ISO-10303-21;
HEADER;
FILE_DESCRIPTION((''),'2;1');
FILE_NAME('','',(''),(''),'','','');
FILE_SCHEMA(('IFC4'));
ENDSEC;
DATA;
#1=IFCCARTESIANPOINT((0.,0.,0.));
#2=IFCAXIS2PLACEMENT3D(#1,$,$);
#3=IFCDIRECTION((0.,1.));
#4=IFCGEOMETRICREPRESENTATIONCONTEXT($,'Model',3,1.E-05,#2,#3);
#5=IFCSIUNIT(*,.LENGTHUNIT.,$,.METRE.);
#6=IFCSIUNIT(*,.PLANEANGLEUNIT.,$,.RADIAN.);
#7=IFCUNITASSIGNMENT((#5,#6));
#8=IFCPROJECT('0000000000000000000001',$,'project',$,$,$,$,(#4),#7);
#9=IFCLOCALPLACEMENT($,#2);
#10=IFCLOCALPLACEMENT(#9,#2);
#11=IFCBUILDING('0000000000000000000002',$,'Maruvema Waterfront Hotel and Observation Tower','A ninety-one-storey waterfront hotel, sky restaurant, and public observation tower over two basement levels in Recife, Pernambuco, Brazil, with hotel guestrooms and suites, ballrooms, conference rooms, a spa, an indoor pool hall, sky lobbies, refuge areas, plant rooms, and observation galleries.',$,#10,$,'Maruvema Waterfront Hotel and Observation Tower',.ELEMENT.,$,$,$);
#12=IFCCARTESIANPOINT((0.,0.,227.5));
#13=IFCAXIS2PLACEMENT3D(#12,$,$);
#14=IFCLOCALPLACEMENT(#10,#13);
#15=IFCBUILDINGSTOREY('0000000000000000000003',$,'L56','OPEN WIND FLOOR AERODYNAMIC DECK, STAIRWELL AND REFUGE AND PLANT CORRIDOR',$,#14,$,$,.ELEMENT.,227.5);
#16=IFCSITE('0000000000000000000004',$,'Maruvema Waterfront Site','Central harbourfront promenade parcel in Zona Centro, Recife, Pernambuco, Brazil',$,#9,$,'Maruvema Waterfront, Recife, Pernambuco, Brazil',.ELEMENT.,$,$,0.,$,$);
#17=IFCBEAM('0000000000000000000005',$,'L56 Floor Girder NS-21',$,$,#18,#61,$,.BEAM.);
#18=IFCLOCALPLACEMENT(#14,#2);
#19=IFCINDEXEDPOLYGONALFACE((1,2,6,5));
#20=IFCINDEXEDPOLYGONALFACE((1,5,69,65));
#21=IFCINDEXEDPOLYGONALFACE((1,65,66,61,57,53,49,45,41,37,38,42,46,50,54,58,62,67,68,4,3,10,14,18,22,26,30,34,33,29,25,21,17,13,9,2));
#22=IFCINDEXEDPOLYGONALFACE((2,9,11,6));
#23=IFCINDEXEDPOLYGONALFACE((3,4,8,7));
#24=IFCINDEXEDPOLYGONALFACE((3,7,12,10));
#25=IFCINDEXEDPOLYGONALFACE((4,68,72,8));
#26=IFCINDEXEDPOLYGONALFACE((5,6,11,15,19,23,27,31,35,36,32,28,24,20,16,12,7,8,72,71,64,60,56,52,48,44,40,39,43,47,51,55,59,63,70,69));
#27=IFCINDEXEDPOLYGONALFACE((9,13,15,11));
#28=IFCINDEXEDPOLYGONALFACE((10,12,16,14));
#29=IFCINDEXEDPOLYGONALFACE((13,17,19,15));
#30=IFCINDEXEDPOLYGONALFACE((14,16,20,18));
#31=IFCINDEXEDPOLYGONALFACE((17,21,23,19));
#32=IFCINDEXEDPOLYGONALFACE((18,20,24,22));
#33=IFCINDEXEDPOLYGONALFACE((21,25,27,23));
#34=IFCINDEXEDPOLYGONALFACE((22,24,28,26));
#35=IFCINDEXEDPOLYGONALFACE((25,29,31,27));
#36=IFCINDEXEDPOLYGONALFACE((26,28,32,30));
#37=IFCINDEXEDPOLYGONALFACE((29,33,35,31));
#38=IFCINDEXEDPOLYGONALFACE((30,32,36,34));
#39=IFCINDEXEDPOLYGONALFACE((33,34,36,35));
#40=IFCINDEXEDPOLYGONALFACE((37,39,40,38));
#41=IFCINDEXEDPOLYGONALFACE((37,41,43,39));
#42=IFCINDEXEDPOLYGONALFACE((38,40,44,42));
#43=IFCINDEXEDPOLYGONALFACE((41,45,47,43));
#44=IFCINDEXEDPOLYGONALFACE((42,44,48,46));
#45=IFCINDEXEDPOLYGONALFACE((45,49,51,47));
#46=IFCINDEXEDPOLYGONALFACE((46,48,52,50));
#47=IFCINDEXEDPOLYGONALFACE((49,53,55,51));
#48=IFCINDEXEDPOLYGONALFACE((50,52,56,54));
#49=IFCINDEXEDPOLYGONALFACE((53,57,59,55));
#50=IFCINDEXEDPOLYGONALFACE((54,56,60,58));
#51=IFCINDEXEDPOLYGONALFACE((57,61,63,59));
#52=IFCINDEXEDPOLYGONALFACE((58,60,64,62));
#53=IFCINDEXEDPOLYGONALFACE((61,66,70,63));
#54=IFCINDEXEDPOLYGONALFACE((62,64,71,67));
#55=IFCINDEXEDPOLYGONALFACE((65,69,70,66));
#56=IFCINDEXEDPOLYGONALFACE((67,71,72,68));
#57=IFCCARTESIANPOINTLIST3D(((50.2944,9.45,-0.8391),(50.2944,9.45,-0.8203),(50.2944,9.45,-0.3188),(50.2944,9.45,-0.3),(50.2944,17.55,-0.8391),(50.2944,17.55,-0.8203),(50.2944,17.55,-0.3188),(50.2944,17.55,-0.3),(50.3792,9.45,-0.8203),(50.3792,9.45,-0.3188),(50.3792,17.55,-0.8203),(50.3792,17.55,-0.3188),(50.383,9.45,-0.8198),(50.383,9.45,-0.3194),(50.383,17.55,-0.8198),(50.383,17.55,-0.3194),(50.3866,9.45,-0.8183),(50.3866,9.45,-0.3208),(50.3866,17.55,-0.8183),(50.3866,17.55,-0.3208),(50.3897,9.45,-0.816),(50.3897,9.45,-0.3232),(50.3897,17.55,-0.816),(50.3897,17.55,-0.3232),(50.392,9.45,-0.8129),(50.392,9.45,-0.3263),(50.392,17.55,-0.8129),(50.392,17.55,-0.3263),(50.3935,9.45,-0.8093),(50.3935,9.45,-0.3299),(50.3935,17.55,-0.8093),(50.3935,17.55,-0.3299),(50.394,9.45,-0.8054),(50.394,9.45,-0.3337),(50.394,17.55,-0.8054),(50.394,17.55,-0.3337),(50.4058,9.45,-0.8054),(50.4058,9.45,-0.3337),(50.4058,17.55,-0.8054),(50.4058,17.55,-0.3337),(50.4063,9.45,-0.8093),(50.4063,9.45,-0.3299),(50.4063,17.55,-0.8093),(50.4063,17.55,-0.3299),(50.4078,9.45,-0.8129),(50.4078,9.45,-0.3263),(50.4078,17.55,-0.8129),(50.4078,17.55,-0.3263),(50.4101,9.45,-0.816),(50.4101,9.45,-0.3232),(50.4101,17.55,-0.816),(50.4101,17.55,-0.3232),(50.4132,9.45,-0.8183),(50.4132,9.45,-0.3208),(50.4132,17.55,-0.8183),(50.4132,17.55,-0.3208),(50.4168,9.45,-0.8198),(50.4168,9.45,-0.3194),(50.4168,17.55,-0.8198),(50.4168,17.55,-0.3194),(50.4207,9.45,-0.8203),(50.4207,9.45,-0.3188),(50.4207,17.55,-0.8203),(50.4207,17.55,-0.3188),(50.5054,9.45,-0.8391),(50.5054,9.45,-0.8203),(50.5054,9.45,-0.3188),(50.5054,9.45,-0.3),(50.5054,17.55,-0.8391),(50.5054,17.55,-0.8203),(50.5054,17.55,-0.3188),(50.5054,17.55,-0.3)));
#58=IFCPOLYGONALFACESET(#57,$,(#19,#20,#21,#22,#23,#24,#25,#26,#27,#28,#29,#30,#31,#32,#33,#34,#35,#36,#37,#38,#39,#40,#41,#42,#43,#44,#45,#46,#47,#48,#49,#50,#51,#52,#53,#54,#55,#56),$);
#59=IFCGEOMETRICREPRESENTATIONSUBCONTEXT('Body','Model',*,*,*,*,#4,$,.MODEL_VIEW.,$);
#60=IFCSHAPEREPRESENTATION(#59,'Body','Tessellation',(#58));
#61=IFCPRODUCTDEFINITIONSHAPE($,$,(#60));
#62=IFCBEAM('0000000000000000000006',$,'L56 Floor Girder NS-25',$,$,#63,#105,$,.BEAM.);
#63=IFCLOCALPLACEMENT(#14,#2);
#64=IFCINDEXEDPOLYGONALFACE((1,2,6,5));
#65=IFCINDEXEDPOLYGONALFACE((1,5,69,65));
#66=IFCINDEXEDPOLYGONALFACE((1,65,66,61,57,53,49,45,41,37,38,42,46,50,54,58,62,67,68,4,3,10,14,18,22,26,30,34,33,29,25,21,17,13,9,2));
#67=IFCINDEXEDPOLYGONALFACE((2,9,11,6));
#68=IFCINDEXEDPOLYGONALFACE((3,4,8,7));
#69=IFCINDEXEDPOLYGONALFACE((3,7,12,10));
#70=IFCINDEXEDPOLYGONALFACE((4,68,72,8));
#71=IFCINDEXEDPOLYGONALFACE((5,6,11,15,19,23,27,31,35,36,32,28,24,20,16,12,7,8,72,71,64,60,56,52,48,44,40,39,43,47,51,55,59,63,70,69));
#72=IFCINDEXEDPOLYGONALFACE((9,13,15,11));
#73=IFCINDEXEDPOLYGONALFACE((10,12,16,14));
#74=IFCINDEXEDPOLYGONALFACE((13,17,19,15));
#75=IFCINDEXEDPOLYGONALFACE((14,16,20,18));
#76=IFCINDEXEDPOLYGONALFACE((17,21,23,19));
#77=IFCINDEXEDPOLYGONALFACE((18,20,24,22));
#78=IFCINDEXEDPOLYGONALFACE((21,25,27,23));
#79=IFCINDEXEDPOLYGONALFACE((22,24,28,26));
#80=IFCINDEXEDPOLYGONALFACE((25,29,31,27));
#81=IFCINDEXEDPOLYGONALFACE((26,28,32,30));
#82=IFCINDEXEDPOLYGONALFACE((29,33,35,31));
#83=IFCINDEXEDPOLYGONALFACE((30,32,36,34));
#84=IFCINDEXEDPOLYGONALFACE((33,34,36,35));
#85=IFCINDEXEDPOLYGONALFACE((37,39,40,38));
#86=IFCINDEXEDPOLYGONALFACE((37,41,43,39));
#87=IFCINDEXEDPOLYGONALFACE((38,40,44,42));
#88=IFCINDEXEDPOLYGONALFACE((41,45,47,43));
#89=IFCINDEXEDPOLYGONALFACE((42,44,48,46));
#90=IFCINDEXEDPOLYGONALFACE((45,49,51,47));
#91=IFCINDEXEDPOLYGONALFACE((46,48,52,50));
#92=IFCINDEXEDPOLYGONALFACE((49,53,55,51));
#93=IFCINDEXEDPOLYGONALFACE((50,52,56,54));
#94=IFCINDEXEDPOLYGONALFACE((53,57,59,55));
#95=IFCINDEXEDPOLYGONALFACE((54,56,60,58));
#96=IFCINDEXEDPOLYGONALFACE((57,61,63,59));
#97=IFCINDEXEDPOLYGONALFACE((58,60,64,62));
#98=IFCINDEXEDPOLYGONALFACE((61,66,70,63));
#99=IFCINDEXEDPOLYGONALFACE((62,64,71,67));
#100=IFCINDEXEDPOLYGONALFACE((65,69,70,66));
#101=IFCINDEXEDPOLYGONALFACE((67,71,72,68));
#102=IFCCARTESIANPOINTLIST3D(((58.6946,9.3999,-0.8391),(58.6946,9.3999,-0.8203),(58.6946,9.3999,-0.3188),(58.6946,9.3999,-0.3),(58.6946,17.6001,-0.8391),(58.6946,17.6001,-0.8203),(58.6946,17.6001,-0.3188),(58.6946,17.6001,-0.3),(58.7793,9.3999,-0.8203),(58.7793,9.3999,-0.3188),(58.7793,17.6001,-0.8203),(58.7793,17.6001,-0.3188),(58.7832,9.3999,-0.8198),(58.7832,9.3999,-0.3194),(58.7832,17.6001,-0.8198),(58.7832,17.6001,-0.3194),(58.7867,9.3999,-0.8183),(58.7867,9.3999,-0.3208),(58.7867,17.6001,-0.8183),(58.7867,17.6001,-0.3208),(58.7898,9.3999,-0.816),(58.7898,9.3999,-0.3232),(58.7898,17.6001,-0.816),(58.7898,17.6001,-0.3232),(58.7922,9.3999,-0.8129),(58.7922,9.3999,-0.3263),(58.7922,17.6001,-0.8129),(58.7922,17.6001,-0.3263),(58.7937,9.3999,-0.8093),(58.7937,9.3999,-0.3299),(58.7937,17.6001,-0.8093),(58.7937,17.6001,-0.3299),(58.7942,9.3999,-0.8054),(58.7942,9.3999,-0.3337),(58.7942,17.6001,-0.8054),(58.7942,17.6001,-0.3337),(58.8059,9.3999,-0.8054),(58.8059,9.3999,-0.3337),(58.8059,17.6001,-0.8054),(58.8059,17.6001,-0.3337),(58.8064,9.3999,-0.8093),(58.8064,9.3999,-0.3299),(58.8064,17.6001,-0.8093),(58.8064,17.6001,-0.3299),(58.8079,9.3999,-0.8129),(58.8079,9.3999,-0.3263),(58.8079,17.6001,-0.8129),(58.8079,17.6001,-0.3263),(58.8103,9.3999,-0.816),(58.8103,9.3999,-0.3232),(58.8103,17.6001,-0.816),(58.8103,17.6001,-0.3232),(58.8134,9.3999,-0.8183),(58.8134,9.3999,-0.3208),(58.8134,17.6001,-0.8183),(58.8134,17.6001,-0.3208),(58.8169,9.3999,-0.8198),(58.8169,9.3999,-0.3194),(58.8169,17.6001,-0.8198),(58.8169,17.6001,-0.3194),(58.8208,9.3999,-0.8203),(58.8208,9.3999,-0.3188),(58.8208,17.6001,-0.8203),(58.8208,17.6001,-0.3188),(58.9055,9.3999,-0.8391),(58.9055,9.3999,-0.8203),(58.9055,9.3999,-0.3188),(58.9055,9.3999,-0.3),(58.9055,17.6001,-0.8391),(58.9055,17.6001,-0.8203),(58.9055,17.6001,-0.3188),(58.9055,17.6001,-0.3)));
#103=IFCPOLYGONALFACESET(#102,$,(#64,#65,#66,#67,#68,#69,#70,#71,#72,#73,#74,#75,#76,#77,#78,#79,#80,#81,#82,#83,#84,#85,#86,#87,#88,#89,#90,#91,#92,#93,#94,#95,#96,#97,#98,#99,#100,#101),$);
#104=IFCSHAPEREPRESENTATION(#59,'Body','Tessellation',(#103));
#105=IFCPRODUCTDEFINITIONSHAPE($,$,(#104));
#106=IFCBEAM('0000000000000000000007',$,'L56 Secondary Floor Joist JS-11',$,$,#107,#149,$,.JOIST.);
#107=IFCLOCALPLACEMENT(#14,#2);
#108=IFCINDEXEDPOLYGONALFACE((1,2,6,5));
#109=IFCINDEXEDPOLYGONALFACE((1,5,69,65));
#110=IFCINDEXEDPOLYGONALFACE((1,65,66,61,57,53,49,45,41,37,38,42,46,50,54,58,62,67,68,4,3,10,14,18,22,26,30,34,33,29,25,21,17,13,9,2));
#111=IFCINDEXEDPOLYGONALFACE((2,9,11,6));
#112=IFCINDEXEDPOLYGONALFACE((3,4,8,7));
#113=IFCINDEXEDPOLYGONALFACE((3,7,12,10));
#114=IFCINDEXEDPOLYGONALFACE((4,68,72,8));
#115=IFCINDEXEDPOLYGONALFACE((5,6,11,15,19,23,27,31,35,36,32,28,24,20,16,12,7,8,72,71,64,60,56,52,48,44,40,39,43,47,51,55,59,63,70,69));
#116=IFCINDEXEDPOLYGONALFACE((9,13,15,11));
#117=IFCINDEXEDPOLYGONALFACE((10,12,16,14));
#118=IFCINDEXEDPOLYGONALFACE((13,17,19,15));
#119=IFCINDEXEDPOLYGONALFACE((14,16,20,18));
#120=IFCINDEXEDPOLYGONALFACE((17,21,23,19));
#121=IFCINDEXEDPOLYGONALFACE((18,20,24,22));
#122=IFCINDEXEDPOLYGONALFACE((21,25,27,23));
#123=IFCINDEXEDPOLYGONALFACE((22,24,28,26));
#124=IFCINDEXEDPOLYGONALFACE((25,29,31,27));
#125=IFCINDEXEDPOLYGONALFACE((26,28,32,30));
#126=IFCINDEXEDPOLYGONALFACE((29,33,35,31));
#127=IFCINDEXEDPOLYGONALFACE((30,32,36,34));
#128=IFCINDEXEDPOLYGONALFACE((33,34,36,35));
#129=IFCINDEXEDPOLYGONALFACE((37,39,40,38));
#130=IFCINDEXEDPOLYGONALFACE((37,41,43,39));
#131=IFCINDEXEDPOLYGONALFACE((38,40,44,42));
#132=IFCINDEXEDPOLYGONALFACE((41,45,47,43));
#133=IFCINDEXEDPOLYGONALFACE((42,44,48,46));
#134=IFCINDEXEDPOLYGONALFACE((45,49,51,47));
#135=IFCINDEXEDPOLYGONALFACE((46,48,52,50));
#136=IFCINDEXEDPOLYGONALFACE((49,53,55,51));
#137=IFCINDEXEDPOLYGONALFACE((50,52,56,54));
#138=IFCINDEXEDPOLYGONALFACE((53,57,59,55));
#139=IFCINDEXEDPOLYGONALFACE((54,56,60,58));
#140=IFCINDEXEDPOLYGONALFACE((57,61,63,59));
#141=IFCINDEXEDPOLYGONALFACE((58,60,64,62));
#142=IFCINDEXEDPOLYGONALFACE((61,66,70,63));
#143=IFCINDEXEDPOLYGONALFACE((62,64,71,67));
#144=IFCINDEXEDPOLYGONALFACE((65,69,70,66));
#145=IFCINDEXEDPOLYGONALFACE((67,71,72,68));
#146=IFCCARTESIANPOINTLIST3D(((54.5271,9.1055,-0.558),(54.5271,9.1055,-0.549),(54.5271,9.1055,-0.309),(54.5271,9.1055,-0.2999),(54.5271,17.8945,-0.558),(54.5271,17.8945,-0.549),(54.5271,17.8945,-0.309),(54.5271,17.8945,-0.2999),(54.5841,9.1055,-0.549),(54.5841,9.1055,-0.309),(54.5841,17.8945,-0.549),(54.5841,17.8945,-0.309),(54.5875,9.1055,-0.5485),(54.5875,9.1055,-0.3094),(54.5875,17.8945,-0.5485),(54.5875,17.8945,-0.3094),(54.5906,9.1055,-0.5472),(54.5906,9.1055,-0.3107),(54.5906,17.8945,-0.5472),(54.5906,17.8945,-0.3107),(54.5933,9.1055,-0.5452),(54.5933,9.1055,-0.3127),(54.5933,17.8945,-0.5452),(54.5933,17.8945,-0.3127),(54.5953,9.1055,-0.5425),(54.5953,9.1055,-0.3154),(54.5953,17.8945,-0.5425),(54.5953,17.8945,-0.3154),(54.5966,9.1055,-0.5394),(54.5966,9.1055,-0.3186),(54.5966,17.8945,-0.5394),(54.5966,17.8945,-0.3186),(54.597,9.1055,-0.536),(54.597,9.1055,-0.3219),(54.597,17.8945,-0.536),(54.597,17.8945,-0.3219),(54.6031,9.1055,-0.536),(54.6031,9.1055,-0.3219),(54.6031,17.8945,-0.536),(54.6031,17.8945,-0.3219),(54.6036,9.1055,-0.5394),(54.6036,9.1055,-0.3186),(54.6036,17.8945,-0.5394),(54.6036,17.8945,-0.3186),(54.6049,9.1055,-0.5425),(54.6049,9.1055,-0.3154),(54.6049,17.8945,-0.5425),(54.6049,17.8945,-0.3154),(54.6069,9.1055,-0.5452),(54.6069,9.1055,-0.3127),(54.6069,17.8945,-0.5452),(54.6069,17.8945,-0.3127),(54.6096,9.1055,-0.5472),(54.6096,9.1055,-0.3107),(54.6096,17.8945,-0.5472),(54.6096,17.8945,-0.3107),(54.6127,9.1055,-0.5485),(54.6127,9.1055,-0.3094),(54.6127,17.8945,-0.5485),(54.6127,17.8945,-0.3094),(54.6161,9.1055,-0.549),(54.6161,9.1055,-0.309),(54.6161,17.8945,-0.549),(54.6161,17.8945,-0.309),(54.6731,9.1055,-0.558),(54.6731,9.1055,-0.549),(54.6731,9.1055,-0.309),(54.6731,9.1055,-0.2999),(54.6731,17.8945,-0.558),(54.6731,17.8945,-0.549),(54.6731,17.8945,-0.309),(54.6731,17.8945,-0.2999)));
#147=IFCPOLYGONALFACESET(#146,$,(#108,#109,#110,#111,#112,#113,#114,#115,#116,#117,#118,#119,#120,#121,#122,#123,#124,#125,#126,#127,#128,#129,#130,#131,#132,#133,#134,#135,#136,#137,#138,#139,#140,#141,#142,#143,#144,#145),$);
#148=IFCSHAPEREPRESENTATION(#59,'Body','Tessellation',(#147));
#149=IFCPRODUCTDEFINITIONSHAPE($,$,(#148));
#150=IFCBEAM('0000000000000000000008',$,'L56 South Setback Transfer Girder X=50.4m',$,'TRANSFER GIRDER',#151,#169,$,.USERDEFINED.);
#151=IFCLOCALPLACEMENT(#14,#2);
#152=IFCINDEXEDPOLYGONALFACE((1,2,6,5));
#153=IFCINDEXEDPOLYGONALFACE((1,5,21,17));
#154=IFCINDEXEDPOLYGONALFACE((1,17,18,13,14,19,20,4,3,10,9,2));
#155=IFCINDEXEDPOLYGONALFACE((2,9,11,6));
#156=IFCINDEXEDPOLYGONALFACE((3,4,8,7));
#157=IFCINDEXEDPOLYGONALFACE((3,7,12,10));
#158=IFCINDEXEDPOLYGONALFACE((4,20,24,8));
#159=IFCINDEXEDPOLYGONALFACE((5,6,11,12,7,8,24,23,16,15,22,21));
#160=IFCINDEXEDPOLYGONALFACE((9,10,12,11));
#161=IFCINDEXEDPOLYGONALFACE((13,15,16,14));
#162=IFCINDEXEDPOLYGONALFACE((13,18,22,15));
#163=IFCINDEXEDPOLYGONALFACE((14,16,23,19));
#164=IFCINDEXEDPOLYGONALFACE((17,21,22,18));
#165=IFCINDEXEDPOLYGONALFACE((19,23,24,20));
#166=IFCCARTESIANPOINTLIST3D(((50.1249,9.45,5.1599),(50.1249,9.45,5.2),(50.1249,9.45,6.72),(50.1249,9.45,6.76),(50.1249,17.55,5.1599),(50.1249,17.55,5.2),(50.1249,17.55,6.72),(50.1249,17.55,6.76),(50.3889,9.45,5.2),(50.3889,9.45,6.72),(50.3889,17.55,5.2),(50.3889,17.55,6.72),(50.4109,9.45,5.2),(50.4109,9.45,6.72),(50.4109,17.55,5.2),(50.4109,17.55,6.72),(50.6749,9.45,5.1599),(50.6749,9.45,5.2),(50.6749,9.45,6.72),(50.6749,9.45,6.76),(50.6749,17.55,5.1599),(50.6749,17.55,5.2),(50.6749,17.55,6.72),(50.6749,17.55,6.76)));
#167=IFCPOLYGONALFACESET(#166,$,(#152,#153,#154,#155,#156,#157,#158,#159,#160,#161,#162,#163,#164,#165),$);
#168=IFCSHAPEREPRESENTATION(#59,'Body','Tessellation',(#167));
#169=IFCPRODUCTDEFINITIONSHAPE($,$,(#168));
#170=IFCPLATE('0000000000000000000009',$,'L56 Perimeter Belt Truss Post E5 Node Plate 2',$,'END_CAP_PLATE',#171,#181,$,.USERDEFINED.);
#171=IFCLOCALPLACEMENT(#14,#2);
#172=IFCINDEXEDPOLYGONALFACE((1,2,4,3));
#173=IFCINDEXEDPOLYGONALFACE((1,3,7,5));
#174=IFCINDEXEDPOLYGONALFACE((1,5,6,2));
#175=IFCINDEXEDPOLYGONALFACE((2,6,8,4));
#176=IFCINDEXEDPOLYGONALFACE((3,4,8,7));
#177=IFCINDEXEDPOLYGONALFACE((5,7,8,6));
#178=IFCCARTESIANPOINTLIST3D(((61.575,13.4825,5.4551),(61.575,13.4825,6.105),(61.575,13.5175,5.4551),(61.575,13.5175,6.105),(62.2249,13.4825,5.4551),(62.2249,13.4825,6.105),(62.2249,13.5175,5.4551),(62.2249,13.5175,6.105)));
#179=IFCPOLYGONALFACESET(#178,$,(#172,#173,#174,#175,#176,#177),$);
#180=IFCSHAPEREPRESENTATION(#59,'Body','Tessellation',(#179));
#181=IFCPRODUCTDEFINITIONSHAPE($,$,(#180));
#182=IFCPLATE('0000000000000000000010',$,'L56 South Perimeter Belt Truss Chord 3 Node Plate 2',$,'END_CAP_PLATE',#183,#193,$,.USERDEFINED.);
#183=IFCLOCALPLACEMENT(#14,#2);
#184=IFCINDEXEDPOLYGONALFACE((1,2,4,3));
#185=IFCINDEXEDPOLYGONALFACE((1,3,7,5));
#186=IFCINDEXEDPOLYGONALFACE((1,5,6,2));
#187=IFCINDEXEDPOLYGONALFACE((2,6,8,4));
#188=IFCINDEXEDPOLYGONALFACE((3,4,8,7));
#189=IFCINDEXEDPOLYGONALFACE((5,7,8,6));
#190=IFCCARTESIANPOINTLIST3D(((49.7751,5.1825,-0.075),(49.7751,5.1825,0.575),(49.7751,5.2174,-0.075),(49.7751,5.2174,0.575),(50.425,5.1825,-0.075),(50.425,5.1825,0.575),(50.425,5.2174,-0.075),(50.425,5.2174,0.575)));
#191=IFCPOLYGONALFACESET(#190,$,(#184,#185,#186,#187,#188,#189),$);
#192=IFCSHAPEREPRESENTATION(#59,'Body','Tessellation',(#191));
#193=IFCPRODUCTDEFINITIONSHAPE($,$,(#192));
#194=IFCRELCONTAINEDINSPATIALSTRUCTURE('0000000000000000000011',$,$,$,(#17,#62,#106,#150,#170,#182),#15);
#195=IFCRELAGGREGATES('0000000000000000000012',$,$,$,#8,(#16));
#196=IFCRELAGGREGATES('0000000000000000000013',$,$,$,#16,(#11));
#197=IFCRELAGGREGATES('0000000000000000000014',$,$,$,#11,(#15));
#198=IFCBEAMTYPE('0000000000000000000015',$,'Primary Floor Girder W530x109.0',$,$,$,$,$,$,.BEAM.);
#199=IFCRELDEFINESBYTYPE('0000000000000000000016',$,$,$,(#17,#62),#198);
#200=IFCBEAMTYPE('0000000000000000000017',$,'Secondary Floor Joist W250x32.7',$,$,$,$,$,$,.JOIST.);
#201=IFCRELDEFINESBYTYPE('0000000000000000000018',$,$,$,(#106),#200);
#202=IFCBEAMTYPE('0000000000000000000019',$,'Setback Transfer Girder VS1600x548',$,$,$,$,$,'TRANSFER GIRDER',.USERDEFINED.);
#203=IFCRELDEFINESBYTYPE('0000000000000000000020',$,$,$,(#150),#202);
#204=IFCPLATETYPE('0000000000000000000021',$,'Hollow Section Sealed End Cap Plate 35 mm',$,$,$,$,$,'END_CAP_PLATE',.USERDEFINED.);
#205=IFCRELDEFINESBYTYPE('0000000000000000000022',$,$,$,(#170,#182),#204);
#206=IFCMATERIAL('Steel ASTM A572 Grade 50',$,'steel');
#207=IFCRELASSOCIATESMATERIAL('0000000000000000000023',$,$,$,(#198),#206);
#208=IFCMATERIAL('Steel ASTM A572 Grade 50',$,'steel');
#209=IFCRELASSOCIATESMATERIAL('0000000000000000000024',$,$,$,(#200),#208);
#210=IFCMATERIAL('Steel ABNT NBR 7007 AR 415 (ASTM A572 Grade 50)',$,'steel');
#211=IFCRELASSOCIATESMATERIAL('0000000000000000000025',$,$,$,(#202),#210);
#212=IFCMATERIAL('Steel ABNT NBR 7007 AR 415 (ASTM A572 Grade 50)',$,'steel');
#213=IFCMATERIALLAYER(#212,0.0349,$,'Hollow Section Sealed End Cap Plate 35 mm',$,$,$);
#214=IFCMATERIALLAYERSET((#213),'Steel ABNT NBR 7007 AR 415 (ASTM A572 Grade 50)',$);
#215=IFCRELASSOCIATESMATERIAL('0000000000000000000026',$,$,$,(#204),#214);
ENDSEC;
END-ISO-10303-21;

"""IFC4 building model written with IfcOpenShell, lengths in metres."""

from ifc_helpers import new_model, si_unit, direction, frame, origin, origin_2d, place, context, subcontext, project, spatial, rectangle, i_section, extrude, material, layer, layer_set, material_profile, profile_set, type_object, element, save


model = new_model("IFC4")

# Units and contexts
model_context = context("Model", 3, precision=1e-05, world=origin(), true_north=direction((0.0, 1.0)))
body_context = subcontext(model_context, "Body", "Model", "MODEL_VIEW")
ifc_project = project(units=[si_unit("LENGTHUNIT", "METRE"), si_unit("PLANEANGLEUNIT", "RADIAN")], contexts=[model_context])

# Site, building, storey
site_placement = place(None, origin())
site = spatial("IfcSite", under=ifc_project, at=site_placement, Name="Maruvema Waterfront Site", Description="Central harbourfront promenade parcel in Zona Centro, Recife, Pernambuco, Brazil", LongName="Maruvema Waterfront, Recife, Pernambuco, Brazil", CompositionType="ELEMENT", RefElevation=0.0)
building_placement = place(site_placement, origin())
building = spatial("IfcBuilding", under=site, at=building_placement, Name="Maruvema Waterfront Hotel and Observation Tower", Description="A ninety-one-storey waterfront hotel, sky restaurant, and public observation tower over two basement levels in Recife, Pernambuco, Brazil, with hotel guestrooms and suites, ballrooms, conference rooms, a spa, an indoor pool hall, sky lobbies, refuge areas, plant rooms, and observation galleries.", LongName="Maruvema Waterfront Hotel and Observation Tower", CompositionType="ELEMENT")
storey_placement = place(building_placement, frame((0.0, 0.0, 227.5)))
storey = spatial("IfcBuildingStorey", under=building, at=storey_placement, Name="L56", Description="OPEN WIND FLOOR AERODYNAMIC DECK, STAIRWELL AND REFUGE AND PLANT CORRIDOR", CompositionType="ELEMENT", Elevation=227.5)

# Beams
ifc_material_1 = material(Name="Steel ASTM A572 Grade 50", Category="steel")
ifc_material_profile_1 = material_profile(ifc_material_1, i_section(OverallWidth=0.2109, OverallDepth=0.5391, WebThickness=0.0117, FlangeThickness=0.0188, FilletRadius=0.0149, at=origin_2d()), Name="W530x109.0")
ifc_profile_set_1 = profile_set([ifc_material_profile_1], Name="Steel ASTM A572 Grade 50")
beam_type_1 = type_object("IfcBeamType", Name="Primary Floor Girder W530x109.0", PredefinedType="BEAM", material=ifc_profile_set_1)
beam_1_placement = place(storey_placement, frame((50.3999, 9.45, -0.5696), z_axis=(0.0, 1.0, 0.0), x_axis=(-1.0, 0.0, 0.0)))
element("IfcBeam", 1, at=beam_1_placement, inside=storey, type_object=beam_type_1, Name="L56 Floor Girder NS-21", PredefinedType="BEAM", context=body_context, shape_type="SweptSolid", body=[
    extrude(i_section(OverallWidth=0.2109, OverallDepth=0.5391, WebThickness=0.0117, FlangeThickness=0.0188, FilletRadius=0.0149, at=origin_2d()), origin(), (0.0, 0.0, 1.0), 8.1001),
])
beam_2_placement = place(storey_placement, frame((58.8, 9.3999, -0.5696), z_axis=(0.0, 1.0, 0.0), x_axis=(-1.0, 0.0, 0.0)))
element("IfcBeam", 2, at=beam_2_placement, inside=storey, type_object=beam_type_1, Name="L56 Floor Girder NS-25", PredefinedType="BEAM", context=body_context, shape_type="SweptSolid", body=[
    extrude(i_section(OverallWidth=0.2109, OverallDepth=0.5391, WebThickness=0.0117, FlangeThickness=0.0188, FilletRadius=0.0149, at=origin_2d()), origin(), (0.0, 0.0, 1.0), 8.2002),
])
ifc_material_2 = material(Name="Steel ASTM A572 Grade 50", Category="steel")
ifc_material_profile_2 = material_profile(ifc_material_2, i_section(OverallWidth=0.146, OverallDepth=0.2581, WebThickness=0.0061, FlangeThickness=0.009, FilletRadius=0.0129, at=origin_2d()), Name="W250x32.7")
ifc_profile_set_2 = profile_set([ifc_material_profile_2], Name="Steel ASTM A572 Grade 50")
beam_type_2 = type_object("IfcBeamType", Name="Secondary Floor Joist W250x32.7", PredefinedType="JOIST", material=ifc_profile_set_2)
beam_3_placement = place(storey_placement, frame((54.6001, 9.1055, -0.429), z_axis=(0.0, 1.0, 0.0), x_axis=(-1.0, 0.0, 0.0)))
element("IfcBeam", 3, at=beam_3_placement, inside=storey, type_object=beam_type_2, Name="L56 Secondary Floor Joist JS-11", PredefinedType="JOIST", context=body_context, shape_type="SweptSolid", body=[
    extrude(i_section(OverallWidth=0.146, OverallDepth=0.2581, WebThickness=0.0061, FlangeThickness=0.009, FilletRadius=0.0129, at=origin_2d()), origin(), (0.0, 0.0, 1.0), 8.7891),
])
ifc_material_3 = material(Name="Steel ABNT NBR 7007 AR 415 (ASTM A572 Grade 50)", Category="steel")
ifc_material_profile_3 = material_profile(ifc_material_3, i_section(OverallWidth=0.55, OverallDepth=1.6001, WebThickness=0.022, FlangeThickness=0.04, at=origin_2d()), Name="VS1600x548")
ifc_profile_set_3 = profile_set([ifc_material_profile_3], Name="Steel ABNT NBR 7007 AR 415 (ASTM A572 Grade 50)")
beam_type_3 = type_object("IfcBeamType", Name="Setback Transfer Girder VS1600x548", ElementType="TRANSFER GIRDER", PredefinedType="USERDEFINED", material=ifc_profile_set_3)
beam_4_placement = place(storey_placement, frame((50.3999, 9.45, 5.96), z_axis=(0.0, 1.0, 0.0), x_axis=(-1.0, 0.0, 0.0)))
element("IfcBeam", 4, at=beam_4_placement, inside=storey, type_object=beam_type_3, Name="L56 South Setback Transfer Girder X=50.4m", ObjectType="TRANSFER GIRDER", PredefinedType="USERDEFINED", context=body_context, shape_type="SweptSolid", body=[
    extrude(i_section(OverallWidth=0.55, OverallDepth=1.6001, WebThickness=0.022, FlangeThickness=0.04, at=origin_2d()), origin(), (0.0, 0.0, 1.0), 8.1001),
])

# Plates
ifc_material_4 = material(Name="Steel ABNT NBR 7007 AR 415 (ASTM A572 Grade 50)", Category="steel")
ifc_layer_1 = layer(ifc_material_4, 0.0349, Name="Hollow Section Sealed End Cap Plate 35 mm")
ifc_layer_set_1 = layer_set([ifc_layer_1], Name="Steel ABNT NBR 7007 AR 415 (ASTM A572 Grade 50)")
plate_type_1 = type_object("IfcPlateType", Name="Hollow Section Sealed End Cap Plate 35 mm", ElementType="END_CAP_PLATE", PredefinedType="USERDEFINED", material=ifc_layer_set_1)
for number, where, z_axis, x_axis, name in (
    (5, (61.8999, 13.5, 5.4551), (0.0, 0.0, 1.0), (1.0, 0.0, 0.0), "L56 Perimeter Belt Truss Post E5 Node Plate 2"),
    (6, (50.1001, 5.2, -0.075), (0.0, 0.0, 1.0), (1.0, 0.0, 0.0), "L56 South Perimeter Belt Truss Chord 3 Node Plate 2"),
):
    element("IfcPlate", number, at=place(storey_placement, frame(where, z_axis=z_axis, x_axis=x_axis)), inside=storey, type_object=plate_type_1, Name=name, ObjectType="END_CAP_PLATE", PredefinedType="USERDEFINED", context=body_context, shape_type="SweptSolid", body=[
        extrude(rectangle(XDim=0.6499, YDim=0.0349, at=origin_2d()), origin(), (0.0, 0.0, 1.0), 0.6499),
    ])

save(model, "model.ifc")
